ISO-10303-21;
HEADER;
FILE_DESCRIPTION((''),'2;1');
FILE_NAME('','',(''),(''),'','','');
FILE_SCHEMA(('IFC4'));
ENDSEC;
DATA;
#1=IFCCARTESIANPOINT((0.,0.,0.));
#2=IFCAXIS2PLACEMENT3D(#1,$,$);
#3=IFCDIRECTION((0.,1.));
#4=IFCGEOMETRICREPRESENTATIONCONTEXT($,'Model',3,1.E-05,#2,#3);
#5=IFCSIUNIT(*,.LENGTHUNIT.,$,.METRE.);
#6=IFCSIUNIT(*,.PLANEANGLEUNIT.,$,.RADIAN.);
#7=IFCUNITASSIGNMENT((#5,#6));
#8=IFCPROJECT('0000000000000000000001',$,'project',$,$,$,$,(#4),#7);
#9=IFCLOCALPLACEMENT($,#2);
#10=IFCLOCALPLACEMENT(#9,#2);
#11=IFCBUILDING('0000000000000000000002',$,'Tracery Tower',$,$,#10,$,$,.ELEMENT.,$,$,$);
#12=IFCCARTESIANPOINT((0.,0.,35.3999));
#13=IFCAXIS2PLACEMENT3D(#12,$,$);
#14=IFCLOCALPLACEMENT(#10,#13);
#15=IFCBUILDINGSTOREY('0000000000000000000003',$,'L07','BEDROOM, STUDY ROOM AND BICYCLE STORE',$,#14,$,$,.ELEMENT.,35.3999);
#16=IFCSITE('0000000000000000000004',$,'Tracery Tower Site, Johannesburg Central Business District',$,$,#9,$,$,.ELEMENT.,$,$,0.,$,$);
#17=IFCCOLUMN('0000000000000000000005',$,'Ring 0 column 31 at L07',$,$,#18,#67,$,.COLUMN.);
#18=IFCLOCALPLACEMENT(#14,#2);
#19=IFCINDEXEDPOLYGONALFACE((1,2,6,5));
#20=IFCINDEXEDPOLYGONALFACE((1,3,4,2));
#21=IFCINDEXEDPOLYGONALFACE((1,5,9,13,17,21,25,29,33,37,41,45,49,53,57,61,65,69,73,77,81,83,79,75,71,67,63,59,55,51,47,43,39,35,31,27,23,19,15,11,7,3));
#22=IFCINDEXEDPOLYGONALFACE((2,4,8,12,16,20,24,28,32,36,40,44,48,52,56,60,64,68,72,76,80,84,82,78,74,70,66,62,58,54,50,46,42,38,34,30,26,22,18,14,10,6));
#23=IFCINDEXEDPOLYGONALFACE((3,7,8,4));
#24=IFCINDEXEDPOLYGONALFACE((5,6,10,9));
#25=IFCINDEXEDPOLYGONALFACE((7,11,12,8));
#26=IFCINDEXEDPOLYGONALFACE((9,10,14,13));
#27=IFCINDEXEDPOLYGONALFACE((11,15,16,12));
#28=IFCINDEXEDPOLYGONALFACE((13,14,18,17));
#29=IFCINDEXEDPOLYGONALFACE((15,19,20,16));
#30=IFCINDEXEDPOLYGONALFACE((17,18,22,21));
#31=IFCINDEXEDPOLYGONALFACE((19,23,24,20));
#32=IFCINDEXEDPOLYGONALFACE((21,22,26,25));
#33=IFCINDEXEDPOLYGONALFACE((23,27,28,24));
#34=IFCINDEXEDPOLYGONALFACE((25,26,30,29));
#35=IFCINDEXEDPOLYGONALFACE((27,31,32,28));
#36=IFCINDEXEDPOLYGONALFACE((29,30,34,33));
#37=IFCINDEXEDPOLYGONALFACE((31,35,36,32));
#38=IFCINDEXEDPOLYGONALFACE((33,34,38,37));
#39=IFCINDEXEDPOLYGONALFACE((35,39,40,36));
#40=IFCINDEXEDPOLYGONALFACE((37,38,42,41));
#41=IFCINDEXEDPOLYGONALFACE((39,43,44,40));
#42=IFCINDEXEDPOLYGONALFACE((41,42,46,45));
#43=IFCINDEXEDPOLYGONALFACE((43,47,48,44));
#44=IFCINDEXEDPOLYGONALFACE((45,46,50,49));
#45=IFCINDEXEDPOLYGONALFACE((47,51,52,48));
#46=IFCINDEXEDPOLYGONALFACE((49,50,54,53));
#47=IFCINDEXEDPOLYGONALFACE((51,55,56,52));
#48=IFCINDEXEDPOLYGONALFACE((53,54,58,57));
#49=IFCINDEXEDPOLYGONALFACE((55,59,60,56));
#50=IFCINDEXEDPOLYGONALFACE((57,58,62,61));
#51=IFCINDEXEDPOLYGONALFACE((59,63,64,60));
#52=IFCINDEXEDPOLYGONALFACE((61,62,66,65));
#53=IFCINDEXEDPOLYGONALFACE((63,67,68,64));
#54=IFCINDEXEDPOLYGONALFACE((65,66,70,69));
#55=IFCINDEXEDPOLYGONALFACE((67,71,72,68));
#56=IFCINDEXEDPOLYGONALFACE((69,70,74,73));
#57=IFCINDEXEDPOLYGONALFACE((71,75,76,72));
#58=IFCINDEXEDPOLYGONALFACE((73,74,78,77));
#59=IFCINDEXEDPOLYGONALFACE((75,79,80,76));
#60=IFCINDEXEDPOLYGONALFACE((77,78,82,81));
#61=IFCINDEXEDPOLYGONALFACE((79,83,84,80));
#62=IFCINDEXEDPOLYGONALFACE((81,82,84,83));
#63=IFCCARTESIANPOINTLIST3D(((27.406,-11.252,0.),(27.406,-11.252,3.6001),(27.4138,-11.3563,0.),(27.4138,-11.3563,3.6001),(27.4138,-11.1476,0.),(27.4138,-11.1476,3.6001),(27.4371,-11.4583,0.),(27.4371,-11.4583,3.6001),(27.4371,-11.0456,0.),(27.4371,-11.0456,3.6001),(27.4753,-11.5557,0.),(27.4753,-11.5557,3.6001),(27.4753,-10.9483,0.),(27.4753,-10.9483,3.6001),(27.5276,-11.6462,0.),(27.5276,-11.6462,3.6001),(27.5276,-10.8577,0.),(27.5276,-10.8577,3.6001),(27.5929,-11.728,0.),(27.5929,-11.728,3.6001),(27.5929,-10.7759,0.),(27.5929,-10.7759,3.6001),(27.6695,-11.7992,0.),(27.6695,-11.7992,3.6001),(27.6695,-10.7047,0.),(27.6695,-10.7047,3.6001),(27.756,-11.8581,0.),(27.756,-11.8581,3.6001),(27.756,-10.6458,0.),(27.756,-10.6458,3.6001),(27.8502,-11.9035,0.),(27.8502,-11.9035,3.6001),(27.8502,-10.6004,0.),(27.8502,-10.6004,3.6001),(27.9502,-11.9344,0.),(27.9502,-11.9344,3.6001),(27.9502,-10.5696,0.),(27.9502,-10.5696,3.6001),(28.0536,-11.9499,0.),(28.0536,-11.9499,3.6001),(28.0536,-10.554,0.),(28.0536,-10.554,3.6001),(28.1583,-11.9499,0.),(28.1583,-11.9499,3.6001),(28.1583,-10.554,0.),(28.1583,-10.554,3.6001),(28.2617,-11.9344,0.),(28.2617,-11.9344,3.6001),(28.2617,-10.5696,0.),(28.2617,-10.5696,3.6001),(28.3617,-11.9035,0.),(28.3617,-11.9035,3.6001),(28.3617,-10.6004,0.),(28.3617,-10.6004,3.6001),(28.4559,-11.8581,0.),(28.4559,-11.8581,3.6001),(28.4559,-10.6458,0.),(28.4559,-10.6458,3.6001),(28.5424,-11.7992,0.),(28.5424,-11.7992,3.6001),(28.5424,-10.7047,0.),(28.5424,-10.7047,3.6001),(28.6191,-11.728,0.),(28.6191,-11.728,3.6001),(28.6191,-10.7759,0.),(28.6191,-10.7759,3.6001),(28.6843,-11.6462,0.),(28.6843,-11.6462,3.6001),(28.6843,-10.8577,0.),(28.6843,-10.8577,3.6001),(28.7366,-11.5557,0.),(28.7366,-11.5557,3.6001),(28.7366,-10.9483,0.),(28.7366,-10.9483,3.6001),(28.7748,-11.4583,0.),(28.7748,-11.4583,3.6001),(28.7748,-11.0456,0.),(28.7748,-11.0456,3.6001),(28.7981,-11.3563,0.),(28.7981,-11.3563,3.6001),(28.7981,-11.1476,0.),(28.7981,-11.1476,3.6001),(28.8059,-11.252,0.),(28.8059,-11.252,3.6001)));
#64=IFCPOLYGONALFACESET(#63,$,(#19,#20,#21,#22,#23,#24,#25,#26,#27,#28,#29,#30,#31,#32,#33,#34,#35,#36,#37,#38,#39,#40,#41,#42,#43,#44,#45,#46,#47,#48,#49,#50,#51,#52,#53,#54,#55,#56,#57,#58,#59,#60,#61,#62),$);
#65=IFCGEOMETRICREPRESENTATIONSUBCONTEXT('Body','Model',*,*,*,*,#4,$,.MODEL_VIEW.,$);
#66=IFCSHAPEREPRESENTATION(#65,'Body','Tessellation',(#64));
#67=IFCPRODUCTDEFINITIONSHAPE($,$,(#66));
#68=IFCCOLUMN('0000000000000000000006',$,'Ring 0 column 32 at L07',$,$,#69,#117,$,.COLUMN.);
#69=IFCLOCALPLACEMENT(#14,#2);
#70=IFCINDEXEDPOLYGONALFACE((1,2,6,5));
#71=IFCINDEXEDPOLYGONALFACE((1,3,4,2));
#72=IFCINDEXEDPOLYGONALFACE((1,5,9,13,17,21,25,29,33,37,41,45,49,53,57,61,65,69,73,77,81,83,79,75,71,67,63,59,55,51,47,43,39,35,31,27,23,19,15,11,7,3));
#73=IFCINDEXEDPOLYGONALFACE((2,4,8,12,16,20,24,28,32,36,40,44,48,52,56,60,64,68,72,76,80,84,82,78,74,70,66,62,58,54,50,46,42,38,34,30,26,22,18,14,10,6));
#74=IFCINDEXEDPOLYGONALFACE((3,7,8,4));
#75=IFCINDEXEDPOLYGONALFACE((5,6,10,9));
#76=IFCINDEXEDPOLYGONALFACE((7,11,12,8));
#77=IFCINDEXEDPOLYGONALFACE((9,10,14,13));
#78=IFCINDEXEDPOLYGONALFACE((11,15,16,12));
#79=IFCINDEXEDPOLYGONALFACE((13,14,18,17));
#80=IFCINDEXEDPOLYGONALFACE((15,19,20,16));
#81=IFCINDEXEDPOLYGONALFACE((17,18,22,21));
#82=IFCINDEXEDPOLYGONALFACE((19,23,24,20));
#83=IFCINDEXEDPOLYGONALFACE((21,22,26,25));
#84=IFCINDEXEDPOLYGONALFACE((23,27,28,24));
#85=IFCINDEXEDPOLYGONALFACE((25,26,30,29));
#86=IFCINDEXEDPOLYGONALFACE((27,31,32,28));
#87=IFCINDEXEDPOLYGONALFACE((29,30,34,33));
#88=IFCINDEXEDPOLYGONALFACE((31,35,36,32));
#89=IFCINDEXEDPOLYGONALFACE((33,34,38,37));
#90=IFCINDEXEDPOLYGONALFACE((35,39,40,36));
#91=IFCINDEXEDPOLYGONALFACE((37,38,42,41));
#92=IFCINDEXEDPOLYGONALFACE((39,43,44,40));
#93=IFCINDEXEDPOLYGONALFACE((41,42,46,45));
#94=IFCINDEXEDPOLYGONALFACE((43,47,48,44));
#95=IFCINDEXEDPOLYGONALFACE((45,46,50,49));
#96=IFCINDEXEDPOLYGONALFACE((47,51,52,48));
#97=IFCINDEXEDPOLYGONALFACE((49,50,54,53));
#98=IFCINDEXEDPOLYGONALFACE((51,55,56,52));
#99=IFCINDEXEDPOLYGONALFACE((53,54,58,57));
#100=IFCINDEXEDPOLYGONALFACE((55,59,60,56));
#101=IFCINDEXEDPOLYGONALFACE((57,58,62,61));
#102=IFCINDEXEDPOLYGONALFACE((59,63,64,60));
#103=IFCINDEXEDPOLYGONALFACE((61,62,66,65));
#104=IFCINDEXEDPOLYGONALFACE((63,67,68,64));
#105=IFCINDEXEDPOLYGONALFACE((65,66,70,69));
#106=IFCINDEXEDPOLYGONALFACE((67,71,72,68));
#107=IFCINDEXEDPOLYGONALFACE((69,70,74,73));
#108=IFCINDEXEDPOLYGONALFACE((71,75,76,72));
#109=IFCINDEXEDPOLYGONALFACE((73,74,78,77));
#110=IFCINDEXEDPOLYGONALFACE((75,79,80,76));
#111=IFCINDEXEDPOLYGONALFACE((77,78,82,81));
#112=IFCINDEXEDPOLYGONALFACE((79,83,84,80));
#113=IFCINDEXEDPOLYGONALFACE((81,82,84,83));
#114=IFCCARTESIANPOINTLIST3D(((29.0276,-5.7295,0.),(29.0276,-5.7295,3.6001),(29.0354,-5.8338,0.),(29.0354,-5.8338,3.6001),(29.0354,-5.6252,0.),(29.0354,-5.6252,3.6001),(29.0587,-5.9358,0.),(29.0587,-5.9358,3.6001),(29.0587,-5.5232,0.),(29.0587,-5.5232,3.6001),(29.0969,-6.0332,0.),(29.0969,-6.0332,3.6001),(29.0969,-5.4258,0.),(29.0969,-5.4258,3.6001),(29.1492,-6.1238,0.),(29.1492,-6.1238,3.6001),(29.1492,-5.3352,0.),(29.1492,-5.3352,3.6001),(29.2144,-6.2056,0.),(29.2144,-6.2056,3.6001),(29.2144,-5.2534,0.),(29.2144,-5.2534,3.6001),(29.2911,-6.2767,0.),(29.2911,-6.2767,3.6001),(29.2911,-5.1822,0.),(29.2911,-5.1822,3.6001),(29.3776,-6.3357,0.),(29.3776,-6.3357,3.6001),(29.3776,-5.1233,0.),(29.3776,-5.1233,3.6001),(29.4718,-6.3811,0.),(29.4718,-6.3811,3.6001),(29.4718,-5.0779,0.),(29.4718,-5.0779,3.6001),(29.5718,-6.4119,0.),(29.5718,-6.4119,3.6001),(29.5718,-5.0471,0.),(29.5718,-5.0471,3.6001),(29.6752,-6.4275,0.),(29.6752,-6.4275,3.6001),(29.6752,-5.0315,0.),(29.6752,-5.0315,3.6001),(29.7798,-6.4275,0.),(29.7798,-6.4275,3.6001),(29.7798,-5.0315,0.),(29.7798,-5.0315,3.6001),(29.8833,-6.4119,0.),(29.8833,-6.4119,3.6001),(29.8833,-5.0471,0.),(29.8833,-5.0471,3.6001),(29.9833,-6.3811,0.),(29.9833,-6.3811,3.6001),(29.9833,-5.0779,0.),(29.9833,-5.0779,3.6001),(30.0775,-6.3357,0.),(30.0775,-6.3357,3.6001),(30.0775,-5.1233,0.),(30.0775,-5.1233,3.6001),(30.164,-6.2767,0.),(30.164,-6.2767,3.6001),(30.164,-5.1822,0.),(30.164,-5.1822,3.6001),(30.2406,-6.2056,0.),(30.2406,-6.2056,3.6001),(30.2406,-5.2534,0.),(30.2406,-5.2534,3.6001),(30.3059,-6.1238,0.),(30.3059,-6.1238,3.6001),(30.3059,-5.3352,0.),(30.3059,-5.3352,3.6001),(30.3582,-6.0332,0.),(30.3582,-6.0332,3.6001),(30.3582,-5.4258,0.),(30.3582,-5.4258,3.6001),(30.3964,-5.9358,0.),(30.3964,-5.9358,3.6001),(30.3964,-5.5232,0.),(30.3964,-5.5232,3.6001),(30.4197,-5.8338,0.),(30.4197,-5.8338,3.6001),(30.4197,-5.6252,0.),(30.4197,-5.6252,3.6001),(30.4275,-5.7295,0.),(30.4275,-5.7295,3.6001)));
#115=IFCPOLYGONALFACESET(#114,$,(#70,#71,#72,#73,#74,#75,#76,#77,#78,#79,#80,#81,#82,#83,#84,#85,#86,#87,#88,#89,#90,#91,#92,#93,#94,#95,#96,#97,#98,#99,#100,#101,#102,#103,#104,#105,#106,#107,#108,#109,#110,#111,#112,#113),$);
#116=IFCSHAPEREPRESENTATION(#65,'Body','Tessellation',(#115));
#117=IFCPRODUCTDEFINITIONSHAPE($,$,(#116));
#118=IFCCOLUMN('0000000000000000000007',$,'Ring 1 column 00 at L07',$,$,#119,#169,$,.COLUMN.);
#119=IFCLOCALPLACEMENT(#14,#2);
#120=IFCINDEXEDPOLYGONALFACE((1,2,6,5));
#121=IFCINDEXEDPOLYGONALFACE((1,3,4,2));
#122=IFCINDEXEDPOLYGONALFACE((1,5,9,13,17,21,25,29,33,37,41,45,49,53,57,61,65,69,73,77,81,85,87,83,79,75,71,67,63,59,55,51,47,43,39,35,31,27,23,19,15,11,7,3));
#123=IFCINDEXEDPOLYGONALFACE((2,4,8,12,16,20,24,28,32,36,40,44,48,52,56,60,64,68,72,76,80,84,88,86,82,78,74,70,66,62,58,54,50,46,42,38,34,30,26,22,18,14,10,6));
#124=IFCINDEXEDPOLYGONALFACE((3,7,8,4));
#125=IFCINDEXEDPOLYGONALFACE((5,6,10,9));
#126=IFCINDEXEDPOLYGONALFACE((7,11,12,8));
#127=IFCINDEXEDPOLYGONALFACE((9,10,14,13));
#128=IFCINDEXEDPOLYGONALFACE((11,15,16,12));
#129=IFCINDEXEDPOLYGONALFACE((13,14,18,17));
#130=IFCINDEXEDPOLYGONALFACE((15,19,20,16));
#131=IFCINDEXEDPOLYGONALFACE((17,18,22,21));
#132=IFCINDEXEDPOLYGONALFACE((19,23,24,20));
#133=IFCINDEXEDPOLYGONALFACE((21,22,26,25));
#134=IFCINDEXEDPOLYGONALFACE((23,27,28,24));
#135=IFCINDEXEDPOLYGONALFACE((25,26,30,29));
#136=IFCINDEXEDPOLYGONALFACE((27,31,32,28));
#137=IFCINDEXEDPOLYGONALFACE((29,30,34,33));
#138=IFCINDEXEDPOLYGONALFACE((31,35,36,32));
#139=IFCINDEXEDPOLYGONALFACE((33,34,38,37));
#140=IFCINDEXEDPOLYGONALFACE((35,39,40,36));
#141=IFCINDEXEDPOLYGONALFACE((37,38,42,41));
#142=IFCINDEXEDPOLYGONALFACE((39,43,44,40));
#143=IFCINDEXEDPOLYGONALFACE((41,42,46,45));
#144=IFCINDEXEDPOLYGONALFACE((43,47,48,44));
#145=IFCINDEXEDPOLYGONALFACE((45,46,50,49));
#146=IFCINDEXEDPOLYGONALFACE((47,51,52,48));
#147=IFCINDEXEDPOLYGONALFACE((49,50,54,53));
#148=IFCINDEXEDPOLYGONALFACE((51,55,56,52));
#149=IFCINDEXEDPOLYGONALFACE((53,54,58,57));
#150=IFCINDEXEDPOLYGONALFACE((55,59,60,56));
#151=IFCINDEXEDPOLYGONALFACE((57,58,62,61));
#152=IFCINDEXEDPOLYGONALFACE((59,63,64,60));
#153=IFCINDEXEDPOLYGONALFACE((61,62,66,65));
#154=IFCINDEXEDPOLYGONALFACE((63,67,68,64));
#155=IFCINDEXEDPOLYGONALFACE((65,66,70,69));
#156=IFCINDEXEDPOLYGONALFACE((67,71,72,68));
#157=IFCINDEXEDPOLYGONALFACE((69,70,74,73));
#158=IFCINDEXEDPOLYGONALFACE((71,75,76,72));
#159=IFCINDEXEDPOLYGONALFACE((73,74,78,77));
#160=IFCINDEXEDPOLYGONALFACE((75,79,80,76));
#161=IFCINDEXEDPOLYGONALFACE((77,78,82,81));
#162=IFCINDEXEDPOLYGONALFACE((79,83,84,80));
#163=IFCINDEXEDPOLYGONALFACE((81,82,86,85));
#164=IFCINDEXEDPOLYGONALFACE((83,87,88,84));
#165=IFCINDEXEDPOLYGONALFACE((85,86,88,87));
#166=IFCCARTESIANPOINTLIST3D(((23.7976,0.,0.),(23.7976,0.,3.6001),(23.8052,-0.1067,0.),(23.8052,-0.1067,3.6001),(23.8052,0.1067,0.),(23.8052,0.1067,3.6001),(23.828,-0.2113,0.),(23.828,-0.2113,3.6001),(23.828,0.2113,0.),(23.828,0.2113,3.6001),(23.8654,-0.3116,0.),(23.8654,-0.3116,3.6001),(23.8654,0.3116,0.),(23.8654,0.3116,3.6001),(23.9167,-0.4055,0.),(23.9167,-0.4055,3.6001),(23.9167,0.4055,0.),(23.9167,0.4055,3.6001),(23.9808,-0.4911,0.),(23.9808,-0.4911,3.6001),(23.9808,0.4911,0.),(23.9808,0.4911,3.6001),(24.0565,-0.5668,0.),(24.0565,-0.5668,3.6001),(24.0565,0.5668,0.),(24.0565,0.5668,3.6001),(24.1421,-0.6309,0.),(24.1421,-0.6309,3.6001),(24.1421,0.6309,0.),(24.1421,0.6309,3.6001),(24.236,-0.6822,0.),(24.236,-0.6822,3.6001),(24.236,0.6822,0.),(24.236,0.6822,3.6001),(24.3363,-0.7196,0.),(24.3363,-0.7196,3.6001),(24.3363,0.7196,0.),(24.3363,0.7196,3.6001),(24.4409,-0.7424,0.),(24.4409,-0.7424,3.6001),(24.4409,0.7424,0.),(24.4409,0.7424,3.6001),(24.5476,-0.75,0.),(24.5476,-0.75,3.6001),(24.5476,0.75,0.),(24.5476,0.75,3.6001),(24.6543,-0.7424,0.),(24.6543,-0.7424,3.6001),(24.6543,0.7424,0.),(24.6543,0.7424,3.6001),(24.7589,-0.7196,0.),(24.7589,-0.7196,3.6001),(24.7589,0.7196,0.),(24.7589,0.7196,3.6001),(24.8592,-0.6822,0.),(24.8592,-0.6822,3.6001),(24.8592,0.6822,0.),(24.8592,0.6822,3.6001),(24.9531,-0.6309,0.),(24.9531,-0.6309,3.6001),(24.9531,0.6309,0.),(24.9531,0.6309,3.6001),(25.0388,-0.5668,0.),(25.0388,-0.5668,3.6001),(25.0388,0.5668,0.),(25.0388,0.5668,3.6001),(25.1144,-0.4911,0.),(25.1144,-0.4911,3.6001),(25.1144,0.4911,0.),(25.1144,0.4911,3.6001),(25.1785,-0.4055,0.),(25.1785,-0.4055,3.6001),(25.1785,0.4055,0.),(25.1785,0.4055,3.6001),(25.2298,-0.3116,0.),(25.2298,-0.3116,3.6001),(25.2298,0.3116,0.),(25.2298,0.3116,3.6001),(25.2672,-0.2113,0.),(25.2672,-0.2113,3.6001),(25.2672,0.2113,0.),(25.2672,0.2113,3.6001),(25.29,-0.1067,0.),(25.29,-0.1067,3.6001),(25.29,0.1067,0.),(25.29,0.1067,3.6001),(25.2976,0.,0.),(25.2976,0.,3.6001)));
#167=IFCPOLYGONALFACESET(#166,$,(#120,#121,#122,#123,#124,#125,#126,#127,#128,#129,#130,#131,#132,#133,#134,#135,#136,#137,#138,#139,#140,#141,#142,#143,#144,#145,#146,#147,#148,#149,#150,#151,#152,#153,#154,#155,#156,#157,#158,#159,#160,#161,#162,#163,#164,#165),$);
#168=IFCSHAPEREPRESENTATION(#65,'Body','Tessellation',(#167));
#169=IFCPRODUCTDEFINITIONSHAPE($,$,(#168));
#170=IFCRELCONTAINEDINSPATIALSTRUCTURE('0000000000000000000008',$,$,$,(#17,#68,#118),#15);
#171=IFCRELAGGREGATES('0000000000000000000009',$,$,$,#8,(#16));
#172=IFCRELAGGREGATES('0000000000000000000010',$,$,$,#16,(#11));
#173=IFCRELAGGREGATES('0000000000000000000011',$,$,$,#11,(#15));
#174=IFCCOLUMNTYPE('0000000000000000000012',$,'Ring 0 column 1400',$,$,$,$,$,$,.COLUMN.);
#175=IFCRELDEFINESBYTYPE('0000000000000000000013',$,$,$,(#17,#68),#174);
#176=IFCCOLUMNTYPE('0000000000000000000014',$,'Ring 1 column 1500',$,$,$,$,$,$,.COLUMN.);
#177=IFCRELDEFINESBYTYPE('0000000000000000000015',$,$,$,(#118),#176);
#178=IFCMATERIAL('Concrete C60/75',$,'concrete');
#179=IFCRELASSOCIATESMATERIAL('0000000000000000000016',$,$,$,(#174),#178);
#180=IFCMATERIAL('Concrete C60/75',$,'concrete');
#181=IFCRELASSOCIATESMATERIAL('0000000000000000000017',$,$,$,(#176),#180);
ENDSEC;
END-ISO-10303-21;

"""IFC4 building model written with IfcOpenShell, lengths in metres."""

from ifc_helpers import new_model, si_unit, direction, frame, origin, origin_2d, place, context, subcontext, project, spatial, circle, extrude, material, material_profile, profile_set, type_object, element, save


model = new_model("IFC4")

# Units and contexts
model_context = context("Model", 3, precision=1e-05, world=origin(), true_north=direction((0.0, 1.0)))
body_context = subcontext(model_context, "Body", "Model", "MODEL_VIEW")
ifc_project = project(units=[si_unit("LENGTHUNIT", "METRE"), si_unit("PLANEANGLEUNIT", "RADIAN")], contexts=[model_context])

# Site, building, storey
site_placement = place(None, origin())
site = spatial("IfcSite", under=ifc_project, at=site_placement, Name="Tracery Tower Site, Johannesburg Central Business District", CompositionType="ELEMENT", RefElevation=0.0)
building_placement = place(site_placement, origin())
building = spatial("IfcBuilding", under=site, at=building_placement, Name="Tracery Tower", CompositionType="ELEMENT")
storey_placement = place(building_placement, frame((0.0, 0.0, 35.3999)))
storey = spatial("IfcBuildingStorey", under=building, at=storey_placement, Name="L07", Description="BEDROOM, STUDY ROOM AND BICYCLE STORE", CompositionType="ELEMENT", Elevation=35.3999)

# Columns
ifc_material_1 = material(Name="Concrete C60/75", Category="concrete")
ifc_material_profile_1 = material_profile(ifc_material_1, circle(Radius=0.7, at=origin_2d()), Name="RC D1400")
ifc_profile_set_1 = profile_set([ifc_material_profile_1], Name="Concrete C60/75")
column_type_1 = type_object("IfcColumnType", Name="Ring 0 column 1400", PredefinedType="COLUMN", material=ifc_profile_set_1)
for number, where, z_axis, x_axis, name in (
    (1, (28.106, -11.252, 0.0), (0.0, 0.0, 1.0), (1.0, 0.0, 0.0), "Ring 0 column 31 at L07"),
    (2, (29.7275, -5.7295, 0.0), (0.0, 0.0, 1.0), (1.0, 0.0, 0.0), "Ring 0 column 32 at L07"),
):
    element("IfcColumn", number, at=place(storey_placement, frame(where, z_axis=z_axis, x_axis=x_axis)), inside=storey, type_object=column_type_1, Name=name, PredefinedType="COLUMN", context=body_context, shape_type="SweptSolid", body=[
        extrude(circle(Radius=0.7, at=origin_2d()), origin(), (0.0, 0.0, 1.0), 3.6001),
    ])
ifc_material_2 = material(Name="Concrete C60/75", Category="concrete")
ifc_material_profile_2 = material_profile(ifc_material_2, circle(Radius=0.75, at=origin_2d()), Name="RC D1500")
ifc_profile_set_2 = profile_set([ifc_material_profile_2], Name="Concrete C60/75")
column_type_2 = type_object("IfcColumnType", Name="Ring 1 column 1500", PredefinedType="COLUMN", material=ifc_profile_set_2)
for number, where, z_axis, x_axis, name in (
    (3, (24.5476, 0.0, 0.0), (0.0, 0.0, 1.0), (1.0, 0.0, 0.0), "Ring 1 column 00 at L07"),
):
    element("IfcColumn", number, at=place(storey_placement, frame(where, z_axis=z_axis, x_axis=x_axis)), inside=storey, type_object=column_type_2, Name=name, PredefinedType="COLUMN", context=body_context, shape_type="SweptSolid", body=[
        extrude(circle(Radius=0.75, at=origin_2d()), origin(), (0.0, 0.0, 1.0), 3.6001),
    ])

save(model, "model.ifc")
